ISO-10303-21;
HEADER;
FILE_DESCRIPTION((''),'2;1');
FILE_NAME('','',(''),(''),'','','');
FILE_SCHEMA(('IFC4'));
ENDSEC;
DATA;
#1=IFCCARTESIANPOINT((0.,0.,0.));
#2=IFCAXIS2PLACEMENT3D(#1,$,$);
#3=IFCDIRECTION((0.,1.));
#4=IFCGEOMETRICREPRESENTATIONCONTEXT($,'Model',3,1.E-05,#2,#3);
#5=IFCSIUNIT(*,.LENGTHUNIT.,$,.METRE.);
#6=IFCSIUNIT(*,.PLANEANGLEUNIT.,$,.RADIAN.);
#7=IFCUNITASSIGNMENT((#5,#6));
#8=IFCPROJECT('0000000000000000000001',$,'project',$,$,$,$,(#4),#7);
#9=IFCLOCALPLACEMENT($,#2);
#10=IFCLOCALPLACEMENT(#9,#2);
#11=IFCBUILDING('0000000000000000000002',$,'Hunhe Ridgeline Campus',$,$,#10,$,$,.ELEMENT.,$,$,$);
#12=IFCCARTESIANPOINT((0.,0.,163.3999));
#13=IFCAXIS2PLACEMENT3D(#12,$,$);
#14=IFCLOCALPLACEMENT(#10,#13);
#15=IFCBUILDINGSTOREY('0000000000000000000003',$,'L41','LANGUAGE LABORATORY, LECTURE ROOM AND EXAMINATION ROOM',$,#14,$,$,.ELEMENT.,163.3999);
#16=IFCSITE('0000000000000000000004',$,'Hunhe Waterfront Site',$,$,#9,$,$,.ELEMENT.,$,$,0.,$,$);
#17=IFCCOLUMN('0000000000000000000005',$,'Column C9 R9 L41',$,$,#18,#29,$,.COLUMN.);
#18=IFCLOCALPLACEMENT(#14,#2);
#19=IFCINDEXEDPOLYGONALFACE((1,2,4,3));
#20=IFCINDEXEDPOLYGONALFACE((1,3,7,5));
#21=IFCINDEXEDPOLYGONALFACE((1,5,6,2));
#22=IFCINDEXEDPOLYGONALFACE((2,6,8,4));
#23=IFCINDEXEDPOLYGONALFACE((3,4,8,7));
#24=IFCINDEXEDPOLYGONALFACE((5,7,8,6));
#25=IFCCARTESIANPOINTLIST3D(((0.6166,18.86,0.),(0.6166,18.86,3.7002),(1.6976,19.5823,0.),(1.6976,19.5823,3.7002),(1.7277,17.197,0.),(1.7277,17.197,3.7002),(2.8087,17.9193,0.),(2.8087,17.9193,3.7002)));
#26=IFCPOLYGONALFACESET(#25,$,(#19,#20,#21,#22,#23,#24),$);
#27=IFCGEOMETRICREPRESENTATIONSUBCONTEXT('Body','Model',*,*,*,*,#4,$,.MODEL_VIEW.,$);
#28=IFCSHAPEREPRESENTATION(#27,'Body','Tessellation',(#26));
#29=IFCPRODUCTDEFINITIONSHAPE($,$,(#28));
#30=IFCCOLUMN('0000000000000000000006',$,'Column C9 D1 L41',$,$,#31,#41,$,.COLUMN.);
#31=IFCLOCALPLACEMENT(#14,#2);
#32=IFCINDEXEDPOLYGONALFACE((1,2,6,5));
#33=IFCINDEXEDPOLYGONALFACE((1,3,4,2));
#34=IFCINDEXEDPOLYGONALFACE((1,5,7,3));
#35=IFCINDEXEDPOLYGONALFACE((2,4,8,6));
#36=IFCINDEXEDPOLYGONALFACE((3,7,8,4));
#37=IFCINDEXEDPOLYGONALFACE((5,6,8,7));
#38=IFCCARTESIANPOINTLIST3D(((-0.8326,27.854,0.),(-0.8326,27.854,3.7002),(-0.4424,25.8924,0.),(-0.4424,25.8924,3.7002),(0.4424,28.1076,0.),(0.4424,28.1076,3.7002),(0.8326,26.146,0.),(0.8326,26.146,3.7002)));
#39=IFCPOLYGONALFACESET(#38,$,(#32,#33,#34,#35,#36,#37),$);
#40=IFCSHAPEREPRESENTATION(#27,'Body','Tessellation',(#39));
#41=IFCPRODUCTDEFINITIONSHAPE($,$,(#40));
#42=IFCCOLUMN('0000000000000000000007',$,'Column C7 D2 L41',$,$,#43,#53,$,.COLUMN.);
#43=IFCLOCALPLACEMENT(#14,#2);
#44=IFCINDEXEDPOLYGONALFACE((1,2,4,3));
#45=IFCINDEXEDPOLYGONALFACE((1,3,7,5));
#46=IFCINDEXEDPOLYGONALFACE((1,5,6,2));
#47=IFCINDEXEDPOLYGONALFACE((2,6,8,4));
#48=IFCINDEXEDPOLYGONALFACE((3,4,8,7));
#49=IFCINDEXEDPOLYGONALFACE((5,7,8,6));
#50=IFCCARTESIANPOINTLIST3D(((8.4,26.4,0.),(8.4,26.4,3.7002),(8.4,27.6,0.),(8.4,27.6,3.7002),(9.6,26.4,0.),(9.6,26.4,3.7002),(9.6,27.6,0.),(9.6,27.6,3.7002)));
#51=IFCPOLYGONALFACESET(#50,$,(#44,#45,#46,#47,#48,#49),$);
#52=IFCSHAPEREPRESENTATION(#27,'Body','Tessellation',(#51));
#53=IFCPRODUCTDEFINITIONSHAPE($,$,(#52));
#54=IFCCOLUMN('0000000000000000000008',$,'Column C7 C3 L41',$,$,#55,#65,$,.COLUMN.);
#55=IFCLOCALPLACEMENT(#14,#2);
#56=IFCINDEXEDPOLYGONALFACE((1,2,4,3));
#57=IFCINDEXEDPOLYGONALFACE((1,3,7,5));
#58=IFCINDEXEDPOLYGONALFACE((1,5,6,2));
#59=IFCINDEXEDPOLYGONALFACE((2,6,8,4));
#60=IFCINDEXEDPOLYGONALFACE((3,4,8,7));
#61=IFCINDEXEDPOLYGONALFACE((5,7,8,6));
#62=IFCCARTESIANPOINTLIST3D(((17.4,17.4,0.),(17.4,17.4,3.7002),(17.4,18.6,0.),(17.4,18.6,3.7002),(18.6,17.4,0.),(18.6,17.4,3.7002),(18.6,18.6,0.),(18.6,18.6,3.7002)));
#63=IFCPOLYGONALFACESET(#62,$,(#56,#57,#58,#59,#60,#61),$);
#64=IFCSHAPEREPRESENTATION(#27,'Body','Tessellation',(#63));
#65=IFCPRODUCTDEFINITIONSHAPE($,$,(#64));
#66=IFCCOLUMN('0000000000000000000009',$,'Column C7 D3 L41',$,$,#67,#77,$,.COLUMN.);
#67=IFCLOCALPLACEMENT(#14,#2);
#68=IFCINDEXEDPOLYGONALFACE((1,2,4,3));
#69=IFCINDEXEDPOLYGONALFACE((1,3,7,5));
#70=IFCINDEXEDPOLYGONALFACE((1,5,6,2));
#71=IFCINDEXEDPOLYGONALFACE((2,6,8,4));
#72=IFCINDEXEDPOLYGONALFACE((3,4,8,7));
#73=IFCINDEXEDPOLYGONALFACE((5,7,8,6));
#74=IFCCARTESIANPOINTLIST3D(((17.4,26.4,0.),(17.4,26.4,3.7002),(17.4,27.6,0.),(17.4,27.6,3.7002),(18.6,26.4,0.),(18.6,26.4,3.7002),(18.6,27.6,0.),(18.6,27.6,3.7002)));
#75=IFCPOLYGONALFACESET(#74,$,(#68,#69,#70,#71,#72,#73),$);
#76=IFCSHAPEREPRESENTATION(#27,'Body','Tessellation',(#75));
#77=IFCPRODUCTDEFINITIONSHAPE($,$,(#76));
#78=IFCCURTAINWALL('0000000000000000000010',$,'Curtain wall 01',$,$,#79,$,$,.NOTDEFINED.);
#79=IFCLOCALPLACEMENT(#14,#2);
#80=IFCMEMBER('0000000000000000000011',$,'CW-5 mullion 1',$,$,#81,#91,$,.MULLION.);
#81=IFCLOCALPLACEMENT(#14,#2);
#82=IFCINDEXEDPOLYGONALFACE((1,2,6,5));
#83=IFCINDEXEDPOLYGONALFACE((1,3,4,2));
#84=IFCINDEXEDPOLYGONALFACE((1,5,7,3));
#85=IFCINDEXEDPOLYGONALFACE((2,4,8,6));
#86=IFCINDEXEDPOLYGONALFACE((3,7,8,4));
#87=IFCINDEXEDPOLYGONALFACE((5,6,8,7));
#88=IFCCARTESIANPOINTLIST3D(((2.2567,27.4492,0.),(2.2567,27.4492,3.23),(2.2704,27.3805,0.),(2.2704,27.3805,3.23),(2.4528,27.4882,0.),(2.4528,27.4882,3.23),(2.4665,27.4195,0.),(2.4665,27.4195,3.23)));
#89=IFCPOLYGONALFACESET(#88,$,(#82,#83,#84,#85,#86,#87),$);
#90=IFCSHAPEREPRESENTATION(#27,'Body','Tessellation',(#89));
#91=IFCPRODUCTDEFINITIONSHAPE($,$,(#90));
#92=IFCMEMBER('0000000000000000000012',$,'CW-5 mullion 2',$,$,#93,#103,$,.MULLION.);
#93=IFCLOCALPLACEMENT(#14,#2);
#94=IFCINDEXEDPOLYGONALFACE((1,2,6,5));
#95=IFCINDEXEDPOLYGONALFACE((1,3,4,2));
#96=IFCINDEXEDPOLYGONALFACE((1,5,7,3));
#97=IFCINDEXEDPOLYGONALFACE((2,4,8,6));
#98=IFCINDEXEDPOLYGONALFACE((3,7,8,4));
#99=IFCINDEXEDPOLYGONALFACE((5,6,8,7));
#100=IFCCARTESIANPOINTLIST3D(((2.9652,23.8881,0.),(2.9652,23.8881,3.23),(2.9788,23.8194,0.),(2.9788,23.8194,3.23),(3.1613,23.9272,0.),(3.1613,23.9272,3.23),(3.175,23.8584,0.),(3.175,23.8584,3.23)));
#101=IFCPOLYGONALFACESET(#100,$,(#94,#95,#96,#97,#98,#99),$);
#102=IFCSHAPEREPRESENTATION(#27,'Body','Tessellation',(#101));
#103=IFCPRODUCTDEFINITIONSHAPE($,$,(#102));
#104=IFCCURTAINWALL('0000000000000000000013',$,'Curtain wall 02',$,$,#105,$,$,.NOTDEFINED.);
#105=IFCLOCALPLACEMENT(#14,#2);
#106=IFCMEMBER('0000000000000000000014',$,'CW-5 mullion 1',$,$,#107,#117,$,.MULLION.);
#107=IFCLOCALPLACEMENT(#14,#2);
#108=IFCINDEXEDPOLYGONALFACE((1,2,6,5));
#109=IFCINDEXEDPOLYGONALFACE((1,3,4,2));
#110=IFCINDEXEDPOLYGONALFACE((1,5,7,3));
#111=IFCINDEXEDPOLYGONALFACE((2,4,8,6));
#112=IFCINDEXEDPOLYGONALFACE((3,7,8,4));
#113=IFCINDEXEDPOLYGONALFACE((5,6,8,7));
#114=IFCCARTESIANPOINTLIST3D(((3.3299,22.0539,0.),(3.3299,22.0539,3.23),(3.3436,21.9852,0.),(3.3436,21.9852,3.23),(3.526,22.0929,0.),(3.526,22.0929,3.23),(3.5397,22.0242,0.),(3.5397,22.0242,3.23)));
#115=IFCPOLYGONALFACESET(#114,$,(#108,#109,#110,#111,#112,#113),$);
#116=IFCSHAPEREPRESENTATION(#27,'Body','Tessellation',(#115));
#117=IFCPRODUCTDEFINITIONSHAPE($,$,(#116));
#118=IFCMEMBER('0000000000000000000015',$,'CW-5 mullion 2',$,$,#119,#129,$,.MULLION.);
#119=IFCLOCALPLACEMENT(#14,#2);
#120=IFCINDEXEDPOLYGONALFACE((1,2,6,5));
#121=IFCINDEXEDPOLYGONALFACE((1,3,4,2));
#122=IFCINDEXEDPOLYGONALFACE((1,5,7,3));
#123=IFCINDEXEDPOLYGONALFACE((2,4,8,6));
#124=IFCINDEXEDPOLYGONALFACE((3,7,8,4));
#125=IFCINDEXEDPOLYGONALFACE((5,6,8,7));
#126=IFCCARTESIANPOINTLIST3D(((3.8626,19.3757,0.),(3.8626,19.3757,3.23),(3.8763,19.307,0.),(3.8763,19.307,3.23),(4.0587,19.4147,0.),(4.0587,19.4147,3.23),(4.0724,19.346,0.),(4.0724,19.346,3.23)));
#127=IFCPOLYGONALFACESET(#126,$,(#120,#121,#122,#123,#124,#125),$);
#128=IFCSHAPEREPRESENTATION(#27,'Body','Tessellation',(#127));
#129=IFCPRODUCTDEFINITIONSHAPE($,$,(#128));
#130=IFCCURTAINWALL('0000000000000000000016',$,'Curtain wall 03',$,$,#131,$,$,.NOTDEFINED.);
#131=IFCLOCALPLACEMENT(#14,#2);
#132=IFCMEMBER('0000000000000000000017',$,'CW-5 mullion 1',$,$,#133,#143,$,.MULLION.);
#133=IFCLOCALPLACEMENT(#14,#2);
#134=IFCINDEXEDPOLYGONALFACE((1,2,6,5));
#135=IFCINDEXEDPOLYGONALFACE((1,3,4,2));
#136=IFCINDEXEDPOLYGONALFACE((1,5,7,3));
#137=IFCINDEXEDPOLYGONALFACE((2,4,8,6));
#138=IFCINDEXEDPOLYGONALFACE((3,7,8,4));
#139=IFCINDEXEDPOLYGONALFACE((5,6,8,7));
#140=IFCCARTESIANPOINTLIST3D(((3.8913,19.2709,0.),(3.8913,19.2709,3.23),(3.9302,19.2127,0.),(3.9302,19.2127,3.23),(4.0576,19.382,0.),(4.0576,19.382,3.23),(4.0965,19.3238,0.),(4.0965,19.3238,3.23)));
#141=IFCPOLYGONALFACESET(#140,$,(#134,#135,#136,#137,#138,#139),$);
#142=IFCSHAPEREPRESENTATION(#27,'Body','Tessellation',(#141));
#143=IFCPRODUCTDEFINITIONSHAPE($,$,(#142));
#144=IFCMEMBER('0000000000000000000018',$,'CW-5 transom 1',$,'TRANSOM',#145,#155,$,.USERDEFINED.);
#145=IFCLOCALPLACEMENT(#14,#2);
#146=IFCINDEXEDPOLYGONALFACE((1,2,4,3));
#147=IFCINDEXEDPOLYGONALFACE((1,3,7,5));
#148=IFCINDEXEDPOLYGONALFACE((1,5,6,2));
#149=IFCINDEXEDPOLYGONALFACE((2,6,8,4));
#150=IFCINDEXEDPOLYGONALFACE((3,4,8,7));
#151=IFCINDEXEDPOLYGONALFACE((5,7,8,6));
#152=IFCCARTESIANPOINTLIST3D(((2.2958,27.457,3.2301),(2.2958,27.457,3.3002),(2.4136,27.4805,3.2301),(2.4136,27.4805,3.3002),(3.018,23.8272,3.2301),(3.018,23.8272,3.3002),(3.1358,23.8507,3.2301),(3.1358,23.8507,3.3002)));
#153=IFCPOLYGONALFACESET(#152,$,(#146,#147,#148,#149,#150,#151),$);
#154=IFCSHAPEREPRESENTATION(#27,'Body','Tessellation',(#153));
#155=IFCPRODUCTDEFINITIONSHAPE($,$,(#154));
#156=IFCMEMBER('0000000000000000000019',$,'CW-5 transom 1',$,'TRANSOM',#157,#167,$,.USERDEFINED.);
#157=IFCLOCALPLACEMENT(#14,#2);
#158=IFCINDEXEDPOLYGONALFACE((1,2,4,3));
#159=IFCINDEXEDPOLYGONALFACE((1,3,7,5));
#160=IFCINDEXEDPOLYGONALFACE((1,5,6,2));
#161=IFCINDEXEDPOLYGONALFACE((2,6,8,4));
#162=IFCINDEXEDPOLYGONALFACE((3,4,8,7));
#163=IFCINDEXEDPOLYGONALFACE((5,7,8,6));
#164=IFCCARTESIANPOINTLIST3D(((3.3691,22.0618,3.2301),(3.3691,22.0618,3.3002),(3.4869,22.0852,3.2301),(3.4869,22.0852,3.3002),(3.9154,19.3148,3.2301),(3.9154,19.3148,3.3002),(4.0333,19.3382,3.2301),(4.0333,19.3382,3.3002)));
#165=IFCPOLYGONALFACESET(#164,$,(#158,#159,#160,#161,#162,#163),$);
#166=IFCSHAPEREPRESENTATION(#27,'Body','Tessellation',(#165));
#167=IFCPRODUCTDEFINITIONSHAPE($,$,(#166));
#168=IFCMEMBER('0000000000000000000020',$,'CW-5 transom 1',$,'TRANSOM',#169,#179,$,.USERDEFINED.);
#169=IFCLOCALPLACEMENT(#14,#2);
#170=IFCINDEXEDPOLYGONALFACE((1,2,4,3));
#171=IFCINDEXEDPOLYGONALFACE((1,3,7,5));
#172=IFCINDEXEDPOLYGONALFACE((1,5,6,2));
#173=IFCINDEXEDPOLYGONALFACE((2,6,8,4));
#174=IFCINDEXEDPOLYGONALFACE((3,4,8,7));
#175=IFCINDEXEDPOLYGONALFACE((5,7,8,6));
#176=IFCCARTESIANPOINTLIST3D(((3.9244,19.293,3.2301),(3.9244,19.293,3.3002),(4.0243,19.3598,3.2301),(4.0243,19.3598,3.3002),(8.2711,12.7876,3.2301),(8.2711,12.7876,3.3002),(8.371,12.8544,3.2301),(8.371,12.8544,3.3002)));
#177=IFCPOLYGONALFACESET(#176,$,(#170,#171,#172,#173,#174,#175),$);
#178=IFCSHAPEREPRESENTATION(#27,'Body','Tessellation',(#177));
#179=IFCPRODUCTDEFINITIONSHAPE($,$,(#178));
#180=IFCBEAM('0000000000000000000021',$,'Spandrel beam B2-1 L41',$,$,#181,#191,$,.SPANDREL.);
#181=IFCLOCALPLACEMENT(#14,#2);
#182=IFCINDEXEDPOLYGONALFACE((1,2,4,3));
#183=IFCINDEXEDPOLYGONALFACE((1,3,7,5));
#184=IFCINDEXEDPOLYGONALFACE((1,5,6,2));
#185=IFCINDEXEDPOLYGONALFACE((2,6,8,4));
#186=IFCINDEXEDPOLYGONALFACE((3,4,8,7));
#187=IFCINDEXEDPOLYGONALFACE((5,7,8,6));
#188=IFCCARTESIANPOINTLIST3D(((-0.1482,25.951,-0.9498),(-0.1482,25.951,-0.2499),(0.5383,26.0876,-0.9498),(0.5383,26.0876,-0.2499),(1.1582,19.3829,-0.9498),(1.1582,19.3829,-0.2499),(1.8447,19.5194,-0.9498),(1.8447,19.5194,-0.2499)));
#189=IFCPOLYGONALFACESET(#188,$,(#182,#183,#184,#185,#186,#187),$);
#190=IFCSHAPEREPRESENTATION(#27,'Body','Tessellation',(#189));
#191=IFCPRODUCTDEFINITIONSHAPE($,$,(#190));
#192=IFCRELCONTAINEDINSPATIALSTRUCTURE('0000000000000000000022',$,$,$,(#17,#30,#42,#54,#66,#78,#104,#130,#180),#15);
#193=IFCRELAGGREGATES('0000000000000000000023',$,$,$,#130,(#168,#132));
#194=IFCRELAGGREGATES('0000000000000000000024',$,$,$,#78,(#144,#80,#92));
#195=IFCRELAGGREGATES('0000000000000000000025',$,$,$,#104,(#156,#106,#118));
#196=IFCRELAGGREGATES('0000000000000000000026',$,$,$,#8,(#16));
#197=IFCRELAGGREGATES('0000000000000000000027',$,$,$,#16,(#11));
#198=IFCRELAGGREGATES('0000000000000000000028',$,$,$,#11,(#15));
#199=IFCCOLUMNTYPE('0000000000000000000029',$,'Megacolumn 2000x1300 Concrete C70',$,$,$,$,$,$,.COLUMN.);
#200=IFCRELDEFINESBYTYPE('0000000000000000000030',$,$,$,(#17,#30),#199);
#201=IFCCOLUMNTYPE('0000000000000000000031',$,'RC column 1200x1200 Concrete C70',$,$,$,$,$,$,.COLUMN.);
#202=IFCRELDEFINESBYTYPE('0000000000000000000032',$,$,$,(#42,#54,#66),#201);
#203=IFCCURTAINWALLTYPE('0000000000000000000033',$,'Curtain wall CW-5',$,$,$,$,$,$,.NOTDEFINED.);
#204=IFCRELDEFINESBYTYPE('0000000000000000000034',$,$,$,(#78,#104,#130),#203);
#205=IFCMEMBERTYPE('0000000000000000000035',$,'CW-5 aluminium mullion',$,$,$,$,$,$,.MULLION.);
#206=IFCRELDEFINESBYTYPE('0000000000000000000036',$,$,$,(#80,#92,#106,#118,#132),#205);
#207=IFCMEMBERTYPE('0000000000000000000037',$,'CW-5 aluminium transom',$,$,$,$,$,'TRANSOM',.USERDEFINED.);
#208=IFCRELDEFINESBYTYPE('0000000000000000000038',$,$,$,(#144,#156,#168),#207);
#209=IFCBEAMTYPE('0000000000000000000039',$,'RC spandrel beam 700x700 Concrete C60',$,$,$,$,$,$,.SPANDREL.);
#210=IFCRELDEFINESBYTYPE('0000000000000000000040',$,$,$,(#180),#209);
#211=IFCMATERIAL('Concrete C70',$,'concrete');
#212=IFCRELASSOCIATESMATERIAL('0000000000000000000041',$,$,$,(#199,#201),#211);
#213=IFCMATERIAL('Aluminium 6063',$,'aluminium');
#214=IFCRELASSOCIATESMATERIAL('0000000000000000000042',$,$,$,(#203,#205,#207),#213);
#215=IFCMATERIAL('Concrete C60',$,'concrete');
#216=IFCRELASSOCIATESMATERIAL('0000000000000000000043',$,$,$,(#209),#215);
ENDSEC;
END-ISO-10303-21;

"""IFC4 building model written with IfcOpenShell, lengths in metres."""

from ifc_helpers import new_model, si_unit, direction, frame, origin, origin_2d, place, context, subcontext, project, spatial, rectangle, extrude, material, material_profile, profile_set, type_object, element, aggregate, save


model = new_model("IFC4")

# Units and contexts
model_context = context("Model", 3, precision=1e-05, world=origin(), true_north=direction((0.0, 1.0)))
body_context = subcontext(model_context, "Body", "Model", "MODEL_VIEW")
ifc_project = project(units=[si_unit("LENGTHUNIT", "METRE"), si_unit("PLANEANGLEUNIT", "RADIAN")], contexts=[model_context])

# Site, building, storey
site_placement = place(None, origin())
site = spatial("IfcSite", under=ifc_project, at=site_placement, Name="Hunhe Waterfront Site", CompositionType="ELEMENT", RefElevation=0.0)
building_placement = place(site_placement, origin())
building = spatial("IfcBuilding", under=site, at=building_placement, Name="Hunhe Ridgeline Campus", CompositionType="ELEMENT")
storey_placement = place(building_placement, frame((0.0, 0.0, 163.3999)))
storey = spatial("IfcBuildingStorey", under=building, at=storey_placement, Name="L41", Description="LANGUAGE LABORATORY, LECTURE ROOM AND EXAMINATION ROOM", CompositionType="ELEMENT", Elevation=163.3999)

# Columns
ifc_material_1 = material(Name="Concrete C70", Category="concrete")
ifc_material_profile_1 = material_profile(ifc_material_1, rectangle(XDim=2.0, YDim=1.3, at=origin_2d()))
ifc_profile_set_1 = profile_set([ifc_material_profile_1], Name="Concrete C70")
column_type_1 = type_object("IfcColumnType", Name="Megacolumn 2000x1300 Concrete C70", PredefinedType="COLUMN", material=ifc_profile_set_1)
for number, where, z_axis, x_axis, name in (
    (1, (1.7126, 18.3896, 0.0), (0.0, 0.0, 1.0), (-0.55557, 0.83147, 0.0), "Column C9 R9 L41"),
    (2, (0.0, 27.0, 0.0), (0.0, 0.0, 1.0), (-0.19509, 0.980785, 0.0), "Column C9 D1 L41"),
):
    element("IfcColumn", number, at=place(storey_placement, frame(where, z_axis=z_axis, x_axis=x_axis)), inside=storey, type_object=column_type_1, Name=name, PredefinedType="COLUMN", context=body_context, shape_type="SweptSolid", body=[
        extrude(rectangle(XDim=2.0, YDim=1.3, at=origin_2d()), origin(), (0.0, 0.0, 1.0), 3.7002),
    ])
ifc_material_profile_2 = material_profile(ifc_material_1, rectangle(XDim=1.2, YDim=1.2, at=origin_2d()))
ifc_profile_set_2 = profile_set([ifc_material_profile_2], Name="Concrete C70")
column_type_2 = type_object("IfcColumnType", Name="RC column 1200x1200 Concrete C70", PredefinedType="COLUMN", material=ifc_profile_set_2)
for number, where, z_axis, x_axis, name in (
    (3, (9.0, 27.0, 0.0), (0.0, 0.0, 1.0), (1.0, 0.0, 0.0), "Column C7 D2 L41"),
    (4, (18.0, 18.0, 0.0), (0.0, 0.0, 1.0), (1.0, 0.0, 0.0), "Column C7 C3 L41"),
    (5, (18.0, 27.0, 0.0), (0.0, 0.0, 1.0), (1.0, 0.0, 0.0), "Column C7 D3 L41"),
):
    element("IfcColumn", number, at=place(storey_placement, frame(where, z_axis=z_axis, x_axis=x_axis)), inside=storey, type_object=column_type_2, Name=name, PredefinedType="COLUMN", context=body_context, shape_type="SweptSolid", body=[
        extrude(rectangle(XDim=1.2, YDim=1.2, at=origin_2d()), origin(), (0.0, 0.0, 1.0), 3.7002),
    ])

# Curtain walls, members
ifc_material_2 = material(Name="Aluminium 6063", Category="aluminium")
curtain_wall_type = type_object("IfcCurtainWallType", Name="Curtain wall CW-5", PredefinedType="NOTDEFINED", material=ifc_material_2)
curtain_wall_1_placement = place(storey_placement, origin())
curtain_wall_1 = element("IfcCurtainWall", 6, at=curtain_wall_1_placement, inside=storey, type_object=curtain_wall_type, Name="Curtain wall 01", PredefinedType="NOTDEFINED")
ifc_material_profile_3 = material_profile(ifc_material_2, rectangle(XDim=0.2, YDim=0.0701, at=origin_2d()))
ifc_profile_set_3 = profile_set([ifc_material_profile_3], Name="Aluminium 6063")
member_type_1 = type_object("IfcMemberType", Name="CW-5 aluminium mullion", PredefinedType="MULLION", material=ifc_profile_set_3)
member_1_placement = place(storey_placement, frame((2.3616, 27.4343, 0.0), z_axis=(0.0, 0.0, 1.0), x_axis=(0.980784, 0.195095, 0.0)))
member_1 = element("IfcMember", 7, at=member_1_placement, type_object=member_type_1, Name="CW-5 mullion 1", PredefinedType="MULLION", context=body_context, shape_type="SweptSolid", body=[
    extrude(rectangle(XDim=0.2, YDim=0.0701, at=origin_2d()), origin(), (0.0, 0.0, 1.0), 3.23),
])
member_2_placement = place(storey_placement, frame((3.0701, 23.8733, 0.0), z_axis=(0.0, 0.0, 1.0), x_axis=(0.980784, 0.195095, 0.0)))
member_2 = element("IfcMember", 8, at=member_2_placement, type_object=member_type_1, Name="CW-5 mullion 2", PredefinedType="MULLION", context=body_context, shape_type="SweptSolid", body=[
    extrude(rectangle(XDim=0.2, YDim=0.0701, at=origin_2d()), origin(), (0.0, 0.0, 1.0), 3.23),
])
curtain_wall_2_placement = place(storey_placement, origin())
curtain_wall_2 = element("IfcCurtainWall", 9, at=curtain_wall_2_placement, inside=storey, type_object=curtain_wall_type, Name="Curtain wall 02", PredefinedType="NOTDEFINED")
member_3_placement = place(storey_placement, frame((3.4348, 22.0391, 0.0), z_axis=(0.0, 0.0, 1.0), x_axis=(0.980784, 0.195095, 0.0)))
member_3 = element("IfcMember", 10, at=member_3_placement, type_object=member_type_1, Name="CW-5 mullion 1", PredefinedType="MULLION", context=body_context, shape_type="SweptSolid", body=[
    extrude(rectangle(XDim=0.2, YDim=0.0701, at=origin_2d()), origin(), (0.0, 0.0, 1.0), 3.23),
])
member_4_placement = place(storey_placement, frame((3.9675, 19.3608, 0.0), z_axis=(0.0, 0.0, 1.0), x_axis=(0.980784, 0.195095, 0.0)))
member_4 = element("IfcMember", 11, at=member_4_placement, type_object=member_type_1, Name="CW-5 mullion 2", PredefinedType="MULLION", context=body_context, shape_type="SweptSolid", body=[
    extrude(rectangle(XDim=0.2, YDim=0.0701, at=origin_2d()), origin(), (0.0, 0.0, 1.0), 3.23),
])

# Curtain wall, member
curtain_wall_3_placement = place(storey_placement, origin())
curtain_wall_3 = element("IfcCurtainWall", 12, at=curtain_wall_3_placement, inside=storey, type_object=curtain_wall_type, Name="Curtain wall 03", PredefinedType="NOTDEFINED")
member_5_placement = place(storey_placement, frame((3.9939, 19.2974, 0.0), z_axis=(0.0, 0.0, 1.0), x_axis=(0.83147, 0.55557, 0.0)))
member_5 = element("IfcMember", 13, at=member_5_placement, type_object=member_type_1, Name="CW-5 mullion 1", PredefinedType="MULLION", context=body_context, shape_type="SweptSolid", body=[
    extrude(rectangle(XDim=0.2, YDim=0.0701, at=origin_2d()), origin(), (0.0, 0.0, 1.0), 3.23),
])

# Members
ifc_material_profile_4 = material_profile(ifc_material_2, rectangle(XDim=0.1201, YDim=0.0701, at=origin_2d()))
ifc_profile_set_4 = profile_set([ifc_material_profile_4], Name="Aluminium 6063")
member_type_2 = type_object("IfcMemberType", Name="CW-5 aluminium transom", ElementType="TRANSOM", PredefinedType="USERDEFINED", material=ifc_profile_set_4)
member_6_placement = place(storey_placement, frame((2.3547, 27.4688, 3.2651), z_axis=(0.195127, -0.980778, 0.0), x_axis=(0.980778, 0.195127, 0.0)))
member_6 = element("IfcMember", 14, at=member_6_placement, type_object=member_type_2, Name="CW-5 transom 1", ObjectType="TRANSOM", PredefinedType="USERDEFINED", context=body_context, shape_type="SweptSolid", body=[
    extrude(rectangle(XDim=0.1201, YDim=0.0701, at=origin_2d()), origin(), (0.0, 0.0, 1.0), 3.7009),
])
member_7_placement = place(storey_placement, frame((3.428, 22.0735, 3.2651), z_axis=(0.195077, -0.980788, 0.0), x_axis=(0.980788, 0.195077, 0.0)))
member_7 = element("IfcMember", 15, at=member_7_placement, type_object=member_type_2, Name="CW-5 transom 1", ObjectType="TRANSOM", PredefinedType="USERDEFINED", context=body_context, shape_type="SweptSolid", body=[
    extrude(rectangle(XDim=0.1201, YDim=0.0701, at=origin_2d()), origin(), (0.0, 0.0, 1.0), 2.8008),
])
member_8_placement = place(storey_placement, frame((3.9744, 19.3264, 3.2651), z_axis=(0.555564, -0.831474, 0.0), x_axis=(0.831474, 0.555564, 0.0)))
member_8 = element("IfcMember", 16, at=member_8_placement, type_object=member_type_2, Name="CW-5 transom 1", ObjectType="TRANSOM", PredefinedType="USERDEFINED", context=body_context, shape_type="SweptSolid", body=[
    extrude(rectangle(XDim=0.1201, YDim=0.0701, at=origin_2d()), origin(), (0.0, 0.0, 1.0), 7.824),
])
aggregate(curtain_wall_3, [member_8, member_5])

# Beam
ifc_material_3 = material(Name="Concrete C60", Category="concrete")
ifc_material_profile_5 = material_profile(ifc_material_3, rectangle(XDim=0.7, YDim=0.7, at=origin_2d()))
ifc_profile_set_5 = profile_set([ifc_material_profile_5], Name="Concrete C60")
beam_type = type_object("IfcBeamType", Name="RC spandrel beam 700x700 Concrete C60", PredefinedType="SPANDREL", material=ifc_profile_set_5)
beam_placement = place(storey_placement, frame((0.1951, 26.0193, -0.5999), z_axis=(0.195078, -0.980788, 0.0), x_axis=(0.980788, 0.195078, 0.0)))
element("IfcBeam", 17, at=beam_placement, inside=storey, type_object=beam_type, Name="Spandrel beam B2-1 L41", PredefinedType="SPANDREL", context=body_context, shape_type="SweptSolid", body=[
    extrude(rectangle(XDim=0.7, YDim=0.7, at=origin_2d()), origin(), (0.0, 0.0, 1.0), 6.6968),
])

aggregate(curtain_wall_1, [member_6, member_1, member_2])
aggregate(curtain_wall_2, [member_7, member_3, member_4])

save(model, "model.ifc")
